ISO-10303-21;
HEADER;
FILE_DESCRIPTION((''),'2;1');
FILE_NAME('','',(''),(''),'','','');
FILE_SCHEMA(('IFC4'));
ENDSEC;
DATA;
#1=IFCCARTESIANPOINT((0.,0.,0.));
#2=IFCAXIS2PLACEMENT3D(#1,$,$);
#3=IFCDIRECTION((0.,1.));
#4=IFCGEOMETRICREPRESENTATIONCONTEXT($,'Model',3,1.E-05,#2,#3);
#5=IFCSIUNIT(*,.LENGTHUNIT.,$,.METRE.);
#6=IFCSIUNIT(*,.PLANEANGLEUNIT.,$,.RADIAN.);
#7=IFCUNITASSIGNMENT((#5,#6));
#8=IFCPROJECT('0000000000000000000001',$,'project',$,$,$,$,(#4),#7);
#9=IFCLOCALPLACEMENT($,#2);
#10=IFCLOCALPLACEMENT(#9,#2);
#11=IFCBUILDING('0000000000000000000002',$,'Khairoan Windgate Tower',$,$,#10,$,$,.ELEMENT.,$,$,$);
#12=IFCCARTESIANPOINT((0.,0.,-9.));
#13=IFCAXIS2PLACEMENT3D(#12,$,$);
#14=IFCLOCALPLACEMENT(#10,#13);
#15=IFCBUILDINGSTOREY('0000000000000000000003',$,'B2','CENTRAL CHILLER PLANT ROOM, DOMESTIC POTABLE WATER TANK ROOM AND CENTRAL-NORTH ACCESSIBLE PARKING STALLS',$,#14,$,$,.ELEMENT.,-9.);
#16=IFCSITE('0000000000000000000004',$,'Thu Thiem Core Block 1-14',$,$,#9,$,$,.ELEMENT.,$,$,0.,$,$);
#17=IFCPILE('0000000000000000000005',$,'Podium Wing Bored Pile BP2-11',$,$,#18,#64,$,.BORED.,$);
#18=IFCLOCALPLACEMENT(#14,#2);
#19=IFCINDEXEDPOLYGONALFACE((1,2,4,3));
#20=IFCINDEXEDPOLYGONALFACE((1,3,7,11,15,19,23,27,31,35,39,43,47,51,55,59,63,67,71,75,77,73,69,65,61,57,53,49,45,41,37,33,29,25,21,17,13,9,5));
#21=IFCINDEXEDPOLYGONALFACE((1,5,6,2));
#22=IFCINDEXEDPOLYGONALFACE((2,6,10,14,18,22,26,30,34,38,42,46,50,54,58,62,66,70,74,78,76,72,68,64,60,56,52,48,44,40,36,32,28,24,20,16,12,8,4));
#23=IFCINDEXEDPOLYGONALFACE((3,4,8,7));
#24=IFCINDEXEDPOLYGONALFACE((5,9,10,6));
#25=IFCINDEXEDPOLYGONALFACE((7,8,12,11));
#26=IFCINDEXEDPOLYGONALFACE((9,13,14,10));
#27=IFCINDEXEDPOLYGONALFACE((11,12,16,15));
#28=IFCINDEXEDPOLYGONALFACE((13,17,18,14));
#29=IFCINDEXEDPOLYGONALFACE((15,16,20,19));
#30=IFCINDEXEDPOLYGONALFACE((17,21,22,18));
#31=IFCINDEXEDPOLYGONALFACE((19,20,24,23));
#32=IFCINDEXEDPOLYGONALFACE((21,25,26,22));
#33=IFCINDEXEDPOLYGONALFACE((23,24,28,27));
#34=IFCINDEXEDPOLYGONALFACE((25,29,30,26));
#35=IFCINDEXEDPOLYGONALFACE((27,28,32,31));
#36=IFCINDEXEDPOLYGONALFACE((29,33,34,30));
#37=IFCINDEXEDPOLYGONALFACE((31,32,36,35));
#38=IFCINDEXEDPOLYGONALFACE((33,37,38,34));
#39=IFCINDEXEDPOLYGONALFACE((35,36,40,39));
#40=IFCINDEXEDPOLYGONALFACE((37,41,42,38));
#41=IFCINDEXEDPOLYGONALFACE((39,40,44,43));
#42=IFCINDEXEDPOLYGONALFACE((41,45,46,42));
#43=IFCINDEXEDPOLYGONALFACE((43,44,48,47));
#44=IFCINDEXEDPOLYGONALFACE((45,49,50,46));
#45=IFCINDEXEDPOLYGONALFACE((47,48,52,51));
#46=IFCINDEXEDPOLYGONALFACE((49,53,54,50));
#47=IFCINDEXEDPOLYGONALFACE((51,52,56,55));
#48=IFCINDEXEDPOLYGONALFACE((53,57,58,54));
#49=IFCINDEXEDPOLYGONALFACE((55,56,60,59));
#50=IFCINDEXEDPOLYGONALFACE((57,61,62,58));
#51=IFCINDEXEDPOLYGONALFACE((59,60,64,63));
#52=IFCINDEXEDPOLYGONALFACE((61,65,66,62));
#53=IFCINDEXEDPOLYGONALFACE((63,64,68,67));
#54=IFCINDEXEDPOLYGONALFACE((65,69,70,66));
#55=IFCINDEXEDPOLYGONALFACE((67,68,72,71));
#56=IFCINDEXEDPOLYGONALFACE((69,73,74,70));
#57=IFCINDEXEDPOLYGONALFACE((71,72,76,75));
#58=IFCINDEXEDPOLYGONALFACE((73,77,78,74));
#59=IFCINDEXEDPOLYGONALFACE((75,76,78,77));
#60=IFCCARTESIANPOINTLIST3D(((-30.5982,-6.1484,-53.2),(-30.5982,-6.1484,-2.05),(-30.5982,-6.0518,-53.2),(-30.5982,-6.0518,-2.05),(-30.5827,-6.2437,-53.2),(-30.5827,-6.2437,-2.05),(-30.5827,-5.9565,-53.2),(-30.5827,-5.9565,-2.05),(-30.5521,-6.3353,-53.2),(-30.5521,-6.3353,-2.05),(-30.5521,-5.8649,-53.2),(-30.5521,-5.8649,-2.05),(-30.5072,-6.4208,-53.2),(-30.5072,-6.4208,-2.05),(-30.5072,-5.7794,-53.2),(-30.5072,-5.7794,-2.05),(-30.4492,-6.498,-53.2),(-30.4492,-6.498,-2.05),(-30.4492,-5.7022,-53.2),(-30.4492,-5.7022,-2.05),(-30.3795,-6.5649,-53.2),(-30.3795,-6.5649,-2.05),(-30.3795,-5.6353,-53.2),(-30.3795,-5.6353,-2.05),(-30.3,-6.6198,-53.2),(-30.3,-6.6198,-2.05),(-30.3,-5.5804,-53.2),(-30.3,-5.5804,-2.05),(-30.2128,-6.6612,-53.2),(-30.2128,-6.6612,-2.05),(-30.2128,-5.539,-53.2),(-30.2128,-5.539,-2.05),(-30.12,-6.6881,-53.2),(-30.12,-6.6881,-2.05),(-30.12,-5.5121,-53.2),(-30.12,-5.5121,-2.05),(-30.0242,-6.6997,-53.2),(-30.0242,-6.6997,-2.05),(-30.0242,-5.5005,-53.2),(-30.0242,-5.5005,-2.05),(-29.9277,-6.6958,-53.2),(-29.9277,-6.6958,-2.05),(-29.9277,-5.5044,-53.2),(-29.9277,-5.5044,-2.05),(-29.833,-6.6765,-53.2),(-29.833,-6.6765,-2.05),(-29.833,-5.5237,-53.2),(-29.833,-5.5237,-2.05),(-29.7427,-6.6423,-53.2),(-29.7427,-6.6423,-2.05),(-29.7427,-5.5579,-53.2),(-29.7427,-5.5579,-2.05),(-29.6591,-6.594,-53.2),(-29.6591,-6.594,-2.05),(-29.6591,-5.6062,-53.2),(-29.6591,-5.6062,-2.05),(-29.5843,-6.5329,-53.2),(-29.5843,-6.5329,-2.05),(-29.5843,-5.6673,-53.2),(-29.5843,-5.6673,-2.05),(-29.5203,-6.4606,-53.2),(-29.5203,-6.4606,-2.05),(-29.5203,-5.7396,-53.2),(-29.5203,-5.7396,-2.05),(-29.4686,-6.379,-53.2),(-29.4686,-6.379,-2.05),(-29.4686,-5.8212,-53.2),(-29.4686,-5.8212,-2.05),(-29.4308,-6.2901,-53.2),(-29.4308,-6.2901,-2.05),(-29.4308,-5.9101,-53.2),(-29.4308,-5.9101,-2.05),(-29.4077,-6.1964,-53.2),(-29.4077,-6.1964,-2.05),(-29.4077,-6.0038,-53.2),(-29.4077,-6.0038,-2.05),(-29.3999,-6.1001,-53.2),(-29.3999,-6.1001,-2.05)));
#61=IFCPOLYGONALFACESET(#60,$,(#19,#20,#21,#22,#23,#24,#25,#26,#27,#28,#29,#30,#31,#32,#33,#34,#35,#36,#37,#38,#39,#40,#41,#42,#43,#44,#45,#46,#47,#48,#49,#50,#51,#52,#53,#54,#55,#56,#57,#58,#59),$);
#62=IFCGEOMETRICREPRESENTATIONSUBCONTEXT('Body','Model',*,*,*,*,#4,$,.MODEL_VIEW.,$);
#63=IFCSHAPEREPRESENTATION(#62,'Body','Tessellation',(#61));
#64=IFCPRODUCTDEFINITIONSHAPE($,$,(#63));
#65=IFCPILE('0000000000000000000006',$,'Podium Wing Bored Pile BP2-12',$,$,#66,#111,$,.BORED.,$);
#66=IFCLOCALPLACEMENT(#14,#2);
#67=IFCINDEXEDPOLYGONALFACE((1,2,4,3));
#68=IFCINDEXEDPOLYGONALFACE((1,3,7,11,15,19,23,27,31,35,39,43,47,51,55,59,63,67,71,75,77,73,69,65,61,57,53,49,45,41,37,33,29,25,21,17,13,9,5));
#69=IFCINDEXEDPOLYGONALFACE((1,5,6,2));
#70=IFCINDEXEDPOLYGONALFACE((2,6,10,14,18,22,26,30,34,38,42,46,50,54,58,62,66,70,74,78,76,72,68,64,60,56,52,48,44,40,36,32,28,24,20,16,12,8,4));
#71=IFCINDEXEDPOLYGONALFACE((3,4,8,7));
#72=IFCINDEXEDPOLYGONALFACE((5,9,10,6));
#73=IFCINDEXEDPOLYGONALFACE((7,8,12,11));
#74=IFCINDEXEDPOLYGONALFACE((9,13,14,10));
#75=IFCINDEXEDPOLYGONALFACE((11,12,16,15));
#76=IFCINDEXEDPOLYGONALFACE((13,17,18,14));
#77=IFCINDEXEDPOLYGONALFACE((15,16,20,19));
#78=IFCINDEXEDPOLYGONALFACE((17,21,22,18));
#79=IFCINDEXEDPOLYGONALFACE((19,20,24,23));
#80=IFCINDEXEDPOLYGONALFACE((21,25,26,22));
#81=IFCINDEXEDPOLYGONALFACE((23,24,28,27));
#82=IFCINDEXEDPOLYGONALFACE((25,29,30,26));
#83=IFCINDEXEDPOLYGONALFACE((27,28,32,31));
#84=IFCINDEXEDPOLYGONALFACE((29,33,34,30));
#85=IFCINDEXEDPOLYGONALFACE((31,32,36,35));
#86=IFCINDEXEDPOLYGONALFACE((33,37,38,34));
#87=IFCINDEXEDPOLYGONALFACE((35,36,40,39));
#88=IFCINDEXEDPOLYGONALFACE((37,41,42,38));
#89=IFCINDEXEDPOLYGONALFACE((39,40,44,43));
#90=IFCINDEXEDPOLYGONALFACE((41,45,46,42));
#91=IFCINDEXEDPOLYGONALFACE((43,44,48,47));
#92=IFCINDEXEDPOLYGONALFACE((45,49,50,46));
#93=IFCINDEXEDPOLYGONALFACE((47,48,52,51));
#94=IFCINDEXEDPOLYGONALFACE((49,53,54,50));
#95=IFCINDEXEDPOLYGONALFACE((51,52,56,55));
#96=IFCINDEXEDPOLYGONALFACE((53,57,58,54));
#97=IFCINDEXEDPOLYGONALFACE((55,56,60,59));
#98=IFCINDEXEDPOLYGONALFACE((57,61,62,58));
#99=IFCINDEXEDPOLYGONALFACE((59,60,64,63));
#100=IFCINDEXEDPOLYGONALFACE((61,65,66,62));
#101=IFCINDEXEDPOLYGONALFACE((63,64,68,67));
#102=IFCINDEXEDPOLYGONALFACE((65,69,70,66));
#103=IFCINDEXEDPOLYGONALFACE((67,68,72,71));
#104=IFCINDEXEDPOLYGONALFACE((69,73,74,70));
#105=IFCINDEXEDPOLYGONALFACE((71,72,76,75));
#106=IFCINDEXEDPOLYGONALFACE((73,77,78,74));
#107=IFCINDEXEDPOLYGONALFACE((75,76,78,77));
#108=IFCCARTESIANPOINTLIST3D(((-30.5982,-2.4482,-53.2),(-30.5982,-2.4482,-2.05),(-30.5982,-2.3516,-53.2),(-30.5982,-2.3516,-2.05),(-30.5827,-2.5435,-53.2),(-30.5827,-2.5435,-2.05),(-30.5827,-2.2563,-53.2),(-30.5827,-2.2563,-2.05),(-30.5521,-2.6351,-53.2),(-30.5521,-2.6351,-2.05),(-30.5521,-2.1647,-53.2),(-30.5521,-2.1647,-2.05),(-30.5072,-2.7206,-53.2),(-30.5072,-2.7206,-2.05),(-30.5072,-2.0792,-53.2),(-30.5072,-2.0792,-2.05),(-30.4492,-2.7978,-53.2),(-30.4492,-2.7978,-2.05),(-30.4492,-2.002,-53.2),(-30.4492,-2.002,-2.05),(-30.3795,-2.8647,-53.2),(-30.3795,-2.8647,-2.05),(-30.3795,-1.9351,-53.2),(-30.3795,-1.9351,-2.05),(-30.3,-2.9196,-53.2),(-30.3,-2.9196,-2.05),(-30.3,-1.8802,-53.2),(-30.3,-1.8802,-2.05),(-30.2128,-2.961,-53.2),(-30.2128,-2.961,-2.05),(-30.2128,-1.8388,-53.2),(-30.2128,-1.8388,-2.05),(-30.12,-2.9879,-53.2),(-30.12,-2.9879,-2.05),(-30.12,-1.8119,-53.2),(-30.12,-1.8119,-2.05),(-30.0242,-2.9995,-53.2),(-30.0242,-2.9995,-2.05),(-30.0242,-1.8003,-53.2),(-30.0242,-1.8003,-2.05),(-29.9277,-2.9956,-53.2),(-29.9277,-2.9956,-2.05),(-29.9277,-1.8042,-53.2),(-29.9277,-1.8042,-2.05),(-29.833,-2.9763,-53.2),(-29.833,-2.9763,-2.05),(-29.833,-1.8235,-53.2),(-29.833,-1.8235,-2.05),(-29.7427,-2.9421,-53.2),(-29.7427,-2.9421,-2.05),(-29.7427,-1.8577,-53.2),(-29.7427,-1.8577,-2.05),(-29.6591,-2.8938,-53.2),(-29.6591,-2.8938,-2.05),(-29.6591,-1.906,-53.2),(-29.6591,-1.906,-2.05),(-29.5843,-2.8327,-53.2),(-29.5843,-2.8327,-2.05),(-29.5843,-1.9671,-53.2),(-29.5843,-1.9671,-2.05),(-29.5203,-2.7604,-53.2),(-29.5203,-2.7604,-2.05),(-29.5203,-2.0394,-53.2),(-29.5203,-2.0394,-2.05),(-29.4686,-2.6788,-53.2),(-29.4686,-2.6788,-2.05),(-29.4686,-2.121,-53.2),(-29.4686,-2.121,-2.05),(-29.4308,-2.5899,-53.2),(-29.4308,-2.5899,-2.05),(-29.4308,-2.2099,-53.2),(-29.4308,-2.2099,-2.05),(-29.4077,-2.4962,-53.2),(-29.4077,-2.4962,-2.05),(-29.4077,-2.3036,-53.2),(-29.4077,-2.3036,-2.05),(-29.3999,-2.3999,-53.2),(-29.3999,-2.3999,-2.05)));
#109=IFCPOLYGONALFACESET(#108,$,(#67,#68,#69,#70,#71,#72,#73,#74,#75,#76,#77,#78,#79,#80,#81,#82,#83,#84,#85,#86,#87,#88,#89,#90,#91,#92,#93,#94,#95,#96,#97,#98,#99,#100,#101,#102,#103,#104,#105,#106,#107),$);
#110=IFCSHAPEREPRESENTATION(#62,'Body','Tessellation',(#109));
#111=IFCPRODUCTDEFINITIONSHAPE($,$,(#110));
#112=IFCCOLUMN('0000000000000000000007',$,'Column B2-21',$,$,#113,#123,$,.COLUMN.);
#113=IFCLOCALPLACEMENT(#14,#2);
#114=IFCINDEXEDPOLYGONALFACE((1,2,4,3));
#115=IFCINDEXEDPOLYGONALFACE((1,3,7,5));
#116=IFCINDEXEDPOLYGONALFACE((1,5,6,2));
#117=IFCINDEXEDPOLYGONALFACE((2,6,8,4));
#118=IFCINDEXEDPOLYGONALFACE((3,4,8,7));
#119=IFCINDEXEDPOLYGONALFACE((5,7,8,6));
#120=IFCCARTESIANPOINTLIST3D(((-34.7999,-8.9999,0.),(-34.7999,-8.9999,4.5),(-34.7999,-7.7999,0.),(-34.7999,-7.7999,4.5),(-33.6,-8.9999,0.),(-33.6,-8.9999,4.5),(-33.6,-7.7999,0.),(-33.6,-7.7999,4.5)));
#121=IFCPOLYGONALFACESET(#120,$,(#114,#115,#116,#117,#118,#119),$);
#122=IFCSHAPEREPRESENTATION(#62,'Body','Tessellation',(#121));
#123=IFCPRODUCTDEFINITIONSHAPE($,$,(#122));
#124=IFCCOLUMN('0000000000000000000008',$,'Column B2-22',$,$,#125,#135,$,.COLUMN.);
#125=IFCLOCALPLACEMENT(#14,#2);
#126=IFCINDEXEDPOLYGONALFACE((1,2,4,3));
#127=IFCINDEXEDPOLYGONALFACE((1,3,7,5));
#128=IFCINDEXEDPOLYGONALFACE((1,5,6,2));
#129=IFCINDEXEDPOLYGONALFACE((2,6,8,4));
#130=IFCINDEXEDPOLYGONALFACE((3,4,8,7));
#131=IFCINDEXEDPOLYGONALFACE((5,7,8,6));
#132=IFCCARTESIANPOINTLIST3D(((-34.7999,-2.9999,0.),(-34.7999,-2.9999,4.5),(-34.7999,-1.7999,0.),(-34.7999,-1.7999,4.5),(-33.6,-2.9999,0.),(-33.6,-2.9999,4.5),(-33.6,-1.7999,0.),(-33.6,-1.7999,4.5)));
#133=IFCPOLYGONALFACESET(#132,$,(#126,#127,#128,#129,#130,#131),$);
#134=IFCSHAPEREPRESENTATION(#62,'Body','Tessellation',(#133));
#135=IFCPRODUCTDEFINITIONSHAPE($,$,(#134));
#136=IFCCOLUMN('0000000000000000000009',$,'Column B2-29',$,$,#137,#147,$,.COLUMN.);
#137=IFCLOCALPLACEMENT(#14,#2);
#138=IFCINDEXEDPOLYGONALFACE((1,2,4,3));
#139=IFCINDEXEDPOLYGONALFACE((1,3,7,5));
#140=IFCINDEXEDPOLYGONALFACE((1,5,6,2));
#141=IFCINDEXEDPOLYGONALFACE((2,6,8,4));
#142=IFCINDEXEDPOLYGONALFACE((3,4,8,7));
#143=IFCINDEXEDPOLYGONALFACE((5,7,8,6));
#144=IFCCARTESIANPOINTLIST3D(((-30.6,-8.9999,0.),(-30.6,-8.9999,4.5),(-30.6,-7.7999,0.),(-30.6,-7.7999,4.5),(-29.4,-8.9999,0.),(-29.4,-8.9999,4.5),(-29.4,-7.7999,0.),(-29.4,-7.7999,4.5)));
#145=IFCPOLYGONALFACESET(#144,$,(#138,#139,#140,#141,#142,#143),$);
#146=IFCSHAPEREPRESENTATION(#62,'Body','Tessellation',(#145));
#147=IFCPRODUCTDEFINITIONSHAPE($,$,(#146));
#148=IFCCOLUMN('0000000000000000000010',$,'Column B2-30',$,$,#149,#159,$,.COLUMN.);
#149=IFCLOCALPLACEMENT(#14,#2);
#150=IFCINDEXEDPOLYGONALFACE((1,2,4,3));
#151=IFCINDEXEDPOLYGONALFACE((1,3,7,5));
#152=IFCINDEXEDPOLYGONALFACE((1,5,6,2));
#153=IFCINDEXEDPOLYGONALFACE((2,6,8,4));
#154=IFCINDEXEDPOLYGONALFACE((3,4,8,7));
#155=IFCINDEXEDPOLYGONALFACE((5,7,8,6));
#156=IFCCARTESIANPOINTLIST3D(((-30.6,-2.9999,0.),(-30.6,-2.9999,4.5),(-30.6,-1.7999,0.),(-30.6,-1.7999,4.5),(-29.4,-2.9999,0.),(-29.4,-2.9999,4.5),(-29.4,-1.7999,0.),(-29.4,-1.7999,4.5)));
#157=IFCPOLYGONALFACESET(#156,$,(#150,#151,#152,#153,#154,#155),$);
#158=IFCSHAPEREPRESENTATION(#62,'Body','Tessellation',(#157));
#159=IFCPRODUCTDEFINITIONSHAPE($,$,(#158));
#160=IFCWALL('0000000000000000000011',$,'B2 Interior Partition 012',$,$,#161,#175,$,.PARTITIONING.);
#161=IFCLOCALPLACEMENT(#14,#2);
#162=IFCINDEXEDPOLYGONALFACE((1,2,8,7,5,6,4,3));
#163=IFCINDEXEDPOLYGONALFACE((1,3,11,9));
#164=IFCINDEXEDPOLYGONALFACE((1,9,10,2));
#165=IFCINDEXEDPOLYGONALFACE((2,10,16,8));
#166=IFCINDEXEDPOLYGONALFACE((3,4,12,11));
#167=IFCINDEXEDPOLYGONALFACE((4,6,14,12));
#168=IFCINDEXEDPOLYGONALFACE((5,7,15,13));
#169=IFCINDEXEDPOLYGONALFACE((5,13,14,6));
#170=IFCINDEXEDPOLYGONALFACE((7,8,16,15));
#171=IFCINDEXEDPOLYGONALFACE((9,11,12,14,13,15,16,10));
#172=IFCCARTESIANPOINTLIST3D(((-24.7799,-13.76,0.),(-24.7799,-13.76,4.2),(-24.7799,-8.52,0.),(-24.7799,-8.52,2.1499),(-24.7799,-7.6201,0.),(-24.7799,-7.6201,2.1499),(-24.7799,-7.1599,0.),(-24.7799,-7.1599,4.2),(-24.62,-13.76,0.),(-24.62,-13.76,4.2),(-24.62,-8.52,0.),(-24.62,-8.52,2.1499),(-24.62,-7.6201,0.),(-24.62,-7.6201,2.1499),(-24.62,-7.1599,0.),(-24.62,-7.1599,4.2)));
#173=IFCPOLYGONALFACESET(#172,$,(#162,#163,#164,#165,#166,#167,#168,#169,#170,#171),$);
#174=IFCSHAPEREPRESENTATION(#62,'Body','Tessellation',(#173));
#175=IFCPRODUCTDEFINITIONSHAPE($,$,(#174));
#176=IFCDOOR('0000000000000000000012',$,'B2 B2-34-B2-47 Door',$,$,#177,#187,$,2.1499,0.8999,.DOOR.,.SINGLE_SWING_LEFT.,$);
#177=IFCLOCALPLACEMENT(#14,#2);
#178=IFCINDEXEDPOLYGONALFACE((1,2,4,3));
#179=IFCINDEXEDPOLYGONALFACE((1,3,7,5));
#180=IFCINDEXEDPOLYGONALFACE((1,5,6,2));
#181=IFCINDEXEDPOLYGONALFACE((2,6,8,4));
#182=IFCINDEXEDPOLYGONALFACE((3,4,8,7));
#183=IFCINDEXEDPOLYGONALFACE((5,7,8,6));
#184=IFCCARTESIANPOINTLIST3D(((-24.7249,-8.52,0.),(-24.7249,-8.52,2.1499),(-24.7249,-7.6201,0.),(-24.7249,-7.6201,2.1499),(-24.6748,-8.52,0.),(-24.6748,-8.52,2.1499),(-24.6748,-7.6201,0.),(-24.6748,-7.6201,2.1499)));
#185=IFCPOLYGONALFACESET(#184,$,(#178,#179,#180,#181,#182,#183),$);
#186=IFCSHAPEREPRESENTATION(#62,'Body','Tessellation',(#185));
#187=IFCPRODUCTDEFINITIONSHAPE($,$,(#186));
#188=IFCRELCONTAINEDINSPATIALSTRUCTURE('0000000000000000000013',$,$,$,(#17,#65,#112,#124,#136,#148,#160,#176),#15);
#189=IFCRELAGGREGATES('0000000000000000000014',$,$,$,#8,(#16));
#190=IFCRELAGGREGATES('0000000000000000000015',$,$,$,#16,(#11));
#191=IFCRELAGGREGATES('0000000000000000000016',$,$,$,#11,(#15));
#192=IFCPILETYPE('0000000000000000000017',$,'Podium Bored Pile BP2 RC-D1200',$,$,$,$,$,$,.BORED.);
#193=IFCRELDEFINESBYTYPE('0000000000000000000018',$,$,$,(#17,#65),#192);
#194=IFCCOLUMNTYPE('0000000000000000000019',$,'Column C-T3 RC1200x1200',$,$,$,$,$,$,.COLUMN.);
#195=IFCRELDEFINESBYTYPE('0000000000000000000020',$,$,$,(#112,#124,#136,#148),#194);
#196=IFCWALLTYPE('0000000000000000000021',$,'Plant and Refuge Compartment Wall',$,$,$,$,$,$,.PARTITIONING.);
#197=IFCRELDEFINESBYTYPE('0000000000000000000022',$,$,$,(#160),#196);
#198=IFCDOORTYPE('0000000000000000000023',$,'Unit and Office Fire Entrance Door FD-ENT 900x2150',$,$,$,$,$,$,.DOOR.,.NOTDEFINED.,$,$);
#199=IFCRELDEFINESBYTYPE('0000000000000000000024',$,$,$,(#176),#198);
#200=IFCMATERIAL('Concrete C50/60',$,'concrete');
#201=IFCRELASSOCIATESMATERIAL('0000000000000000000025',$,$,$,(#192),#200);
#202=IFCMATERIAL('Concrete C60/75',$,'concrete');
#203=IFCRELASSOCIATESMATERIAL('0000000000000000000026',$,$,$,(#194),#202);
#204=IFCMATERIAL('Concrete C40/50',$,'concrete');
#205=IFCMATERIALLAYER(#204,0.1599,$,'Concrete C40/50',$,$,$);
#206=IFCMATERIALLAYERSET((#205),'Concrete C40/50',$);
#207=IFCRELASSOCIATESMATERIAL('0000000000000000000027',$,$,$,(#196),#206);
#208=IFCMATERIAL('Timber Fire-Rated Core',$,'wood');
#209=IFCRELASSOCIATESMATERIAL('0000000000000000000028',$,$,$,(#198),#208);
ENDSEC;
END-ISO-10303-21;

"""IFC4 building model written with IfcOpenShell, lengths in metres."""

from ifc_helpers import new_model, si_unit, direction, frame, frame_2d, origin, origin_2d, place, context, subcontext, project, spatial, rectangle, circle, extrude, material, layer, layer_set, material_profile, profile_set, type_object, element, fill, save


model = new_model("IFC4")

# Units and contexts
model_context = context("Model", 3, precision=1e-05, world=origin(), true_north=direction((0.0, 1.0)))
body_context = subcontext(model_context, "Body", "Model", "MODEL_VIEW")
ifc_project = project(units=[si_unit("LENGTHUNIT", "METRE"), si_unit("PLANEANGLEUNIT", "RADIAN")], contexts=[model_context])

# Site, building, storey
site_placement = place(None, origin())
site = spatial("IfcSite", under=ifc_project, at=site_placement, Name="Thu Thiem Core Block 1-14", CompositionType="ELEMENT", RefElevation=0.0)
building_placement = place(site_placement, origin())
building = spatial("IfcBuilding", under=site, at=building_placement, Name="Khairoan Windgate Tower", CompositionType="ELEMENT")
storey_placement = place(building_placement, frame((0.0, 0.0, -9.0)))
storey = spatial("IfcBuildingStorey", under=building, at=storey_placement, Name="B2", Description="CENTRAL CHILLER PLANT ROOM, DOMESTIC POTABLE WATER TANK ROOM AND CENTRAL-NORTH ACCESSIBLE PARKING STALLS", CompositionType="ELEMENT", Elevation=-9.0)

# Piles
ifc_material_1 = material(Name="Concrete C50/60", Category="concrete")
ifc_material_profile_1 = material_profile(ifc_material_1, circle(Radius=0.6001, at=origin_2d()))
ifc_profile_set_1 = profile_set([ifc_material_profile_1], Name="Concrete C50/60")
pile_type = type_object("IfcPileType", Name="Podium Bored Pile BP2 RC-D1200", PredefinedType="BORED", material=ifc_profile_set_1)
for number, where, z_axis, x_axis, name in (
    (1, (-30.0, -6.1001, -2.05), (0.0, 0.0, -1.0), (1.0, 0.0, 0.0), "Podium Wing Bored Pile BP2-11"),
    (2, (-30.0, -2.3999, -2.05), (0.0, 0.0, -1.0), (1.0, 0.0, 0.0), "Podium Wing Bored Pile BP2-12"),
):
    element("IfcPile", number, at=place(storey_placement, frame(where, z_axis=z_axis, x_axis=x_axis)), inside=storey, type_object=pile_type, Name=name, PredefinedType="BORED", context=body_context, shape_type="SweptSolid", body=[
        extrude(circle(Radius=0.6001, at=origin_2d()), origin(), (0.0, 0.0, 1.0), 51.1499),
    ])

# Columns
ifc_material_2 = material(Name="Concrete C60/75", Category="concrete")
ifc_material_profile_2 = material_profile(ifc_material_2, rectangle(XDim=1.2, YDim=1.2, at=origin_2d()))
ifc_profile_set_2 = profile_set([ifc_material_profile_2], Name="Concrete C60/75")
column_type = type_object("IfcColumnType", Name="Column C-T3 RC1200x1200", PredefinedType="COLUMN", material=ifc_profile_set_2)
for number, where, z_axis, x_axis, name in (
    (3, (-34.2, -8.3999, 0.0), (0.0, 0.0, 1.0), (1.0, 0.0, 0.0), "Column B2-21"),
    (4, (-34.2, -2.3999, 0.0), (0.0, 0.0, 1.0), (1.0, 0.0, 0.0), "Column B2-22"),
    (5, (-30.0, -8.3999, 0.0), (0.0, 0.0, 1.0), (1.0, 0.0, 0.0), "Column B2-29"),
    (6, (-30.0, -2.3999, 0.0), (0.0, 0.0, 1.0), (1.0, 0.0, 0.0), "Column B2-30"),
):
    element("IfcColumn", number, at=place(storey_placement, frame(where, z_axis=z_axis, x_axis=x_axis)), inside=storey, type_object=column_type, Name=name, PredefinedType="COLUMN", context=body_context, shape_type="SweptSolid", body=[
        extrude(rectangle(XDim=1.2, YDim=1.2, at=origin_2d()), origin(), (0.0, 0.0, 1.0), 4.5),
    ])

# Wall, opening, door
ifc_material_3 = material(Name="Concrete C40/50", Category="concrete")
ifc_layer_1 = layer(ifc_material_3, 0.1599, Name="Concrete C40/50")
ifc_layer_set_1 = layer_set([ifc_layer_1], Name="Concrete C40/50")
wall_type_1 = type_object("IfcWallType", Name="Plant and Refuge Compartment Wall", PredefinedType="PARTITIONING", material=ifc_layer_set_1)
wall_1_placement = place(storey_placement, frame((-24.7, -13.76, 0.0), z_axis=(0.0, 0.0, 1.0), x_axis=(0.0, 1.0, 0.0)))
wall_1 = element("IfcWall", 7, at=wall_1_placement, inside=storey, type_object=wall_type_1, Name="B2 Interior Partition 012", PredefinedType="PARTITIONING", context=body_context, shape_type="SweptSolid", body=[
    extrude(rectangle(XDim=6.6001, YDim=0.1599, at=frame_2d((3.3, 0.0))), origin(), (0.0, 0.0, 1.0), 4.2),
])
opening_1_placement = place(wall_1_placement, frame((5.24, 0.0, 0.0)))
opening_1 = element("IfcOpeningElement", 8, at=opening_1_placement, cuts=wall_1, PredefinedType="OPENING", context=body_context, shape_type="SweptSolid", body=[
    extrude(rectangle(XDim=0.8999, YDim=2.1499, at=frame_2d((0.45, 1.075))), frame((0.0, 0.0898, 0.0), z_axis=(0.0, -1.0, 0.0), x_axis=(1.0, 0.0, 0.0)), (0.0, 0.0, 1.0), 0.1799),
])
ifc_material_4 = material(Name="Timber Fire-Rated Core", Category="wood")
door_type_1 = type_object("IfcDoorType", Name="Unit and Office Fire Entrance Door FD-ENT 900x2150", OperationType="NOTDEFINED", PredefinedType="DOOR", material=ifc_material_4)
door_1_placement = place(opening_1_placement, origin())
door_1 = element("IfcDoor", 9, at=door_1_placement, inside=storey, type_object=door_type_1, Name="B2 B2-34-B2-47 Door", OperationType="SINGLE_SWING_LEFT", OverallHeight=2.1499, OverallWidth=0.8999, PredefinedType="DOOR", context=body_context, shape_type="SweptSolid", body=[
    extrude(rectangle(XDim=0.8999, YDim=2.1499, at=frame_2d((0.45, 1.075))), frame((0.0, 0.0249, 0.0), z_axis=(0.0, -1.0, 0.0), x_axis=(1.0, 0.0, 0.0)), (0.0, 0.0, 1.0), 0.05),
])
fill(opening_1, door_1)

save(model, "model.ifc")
